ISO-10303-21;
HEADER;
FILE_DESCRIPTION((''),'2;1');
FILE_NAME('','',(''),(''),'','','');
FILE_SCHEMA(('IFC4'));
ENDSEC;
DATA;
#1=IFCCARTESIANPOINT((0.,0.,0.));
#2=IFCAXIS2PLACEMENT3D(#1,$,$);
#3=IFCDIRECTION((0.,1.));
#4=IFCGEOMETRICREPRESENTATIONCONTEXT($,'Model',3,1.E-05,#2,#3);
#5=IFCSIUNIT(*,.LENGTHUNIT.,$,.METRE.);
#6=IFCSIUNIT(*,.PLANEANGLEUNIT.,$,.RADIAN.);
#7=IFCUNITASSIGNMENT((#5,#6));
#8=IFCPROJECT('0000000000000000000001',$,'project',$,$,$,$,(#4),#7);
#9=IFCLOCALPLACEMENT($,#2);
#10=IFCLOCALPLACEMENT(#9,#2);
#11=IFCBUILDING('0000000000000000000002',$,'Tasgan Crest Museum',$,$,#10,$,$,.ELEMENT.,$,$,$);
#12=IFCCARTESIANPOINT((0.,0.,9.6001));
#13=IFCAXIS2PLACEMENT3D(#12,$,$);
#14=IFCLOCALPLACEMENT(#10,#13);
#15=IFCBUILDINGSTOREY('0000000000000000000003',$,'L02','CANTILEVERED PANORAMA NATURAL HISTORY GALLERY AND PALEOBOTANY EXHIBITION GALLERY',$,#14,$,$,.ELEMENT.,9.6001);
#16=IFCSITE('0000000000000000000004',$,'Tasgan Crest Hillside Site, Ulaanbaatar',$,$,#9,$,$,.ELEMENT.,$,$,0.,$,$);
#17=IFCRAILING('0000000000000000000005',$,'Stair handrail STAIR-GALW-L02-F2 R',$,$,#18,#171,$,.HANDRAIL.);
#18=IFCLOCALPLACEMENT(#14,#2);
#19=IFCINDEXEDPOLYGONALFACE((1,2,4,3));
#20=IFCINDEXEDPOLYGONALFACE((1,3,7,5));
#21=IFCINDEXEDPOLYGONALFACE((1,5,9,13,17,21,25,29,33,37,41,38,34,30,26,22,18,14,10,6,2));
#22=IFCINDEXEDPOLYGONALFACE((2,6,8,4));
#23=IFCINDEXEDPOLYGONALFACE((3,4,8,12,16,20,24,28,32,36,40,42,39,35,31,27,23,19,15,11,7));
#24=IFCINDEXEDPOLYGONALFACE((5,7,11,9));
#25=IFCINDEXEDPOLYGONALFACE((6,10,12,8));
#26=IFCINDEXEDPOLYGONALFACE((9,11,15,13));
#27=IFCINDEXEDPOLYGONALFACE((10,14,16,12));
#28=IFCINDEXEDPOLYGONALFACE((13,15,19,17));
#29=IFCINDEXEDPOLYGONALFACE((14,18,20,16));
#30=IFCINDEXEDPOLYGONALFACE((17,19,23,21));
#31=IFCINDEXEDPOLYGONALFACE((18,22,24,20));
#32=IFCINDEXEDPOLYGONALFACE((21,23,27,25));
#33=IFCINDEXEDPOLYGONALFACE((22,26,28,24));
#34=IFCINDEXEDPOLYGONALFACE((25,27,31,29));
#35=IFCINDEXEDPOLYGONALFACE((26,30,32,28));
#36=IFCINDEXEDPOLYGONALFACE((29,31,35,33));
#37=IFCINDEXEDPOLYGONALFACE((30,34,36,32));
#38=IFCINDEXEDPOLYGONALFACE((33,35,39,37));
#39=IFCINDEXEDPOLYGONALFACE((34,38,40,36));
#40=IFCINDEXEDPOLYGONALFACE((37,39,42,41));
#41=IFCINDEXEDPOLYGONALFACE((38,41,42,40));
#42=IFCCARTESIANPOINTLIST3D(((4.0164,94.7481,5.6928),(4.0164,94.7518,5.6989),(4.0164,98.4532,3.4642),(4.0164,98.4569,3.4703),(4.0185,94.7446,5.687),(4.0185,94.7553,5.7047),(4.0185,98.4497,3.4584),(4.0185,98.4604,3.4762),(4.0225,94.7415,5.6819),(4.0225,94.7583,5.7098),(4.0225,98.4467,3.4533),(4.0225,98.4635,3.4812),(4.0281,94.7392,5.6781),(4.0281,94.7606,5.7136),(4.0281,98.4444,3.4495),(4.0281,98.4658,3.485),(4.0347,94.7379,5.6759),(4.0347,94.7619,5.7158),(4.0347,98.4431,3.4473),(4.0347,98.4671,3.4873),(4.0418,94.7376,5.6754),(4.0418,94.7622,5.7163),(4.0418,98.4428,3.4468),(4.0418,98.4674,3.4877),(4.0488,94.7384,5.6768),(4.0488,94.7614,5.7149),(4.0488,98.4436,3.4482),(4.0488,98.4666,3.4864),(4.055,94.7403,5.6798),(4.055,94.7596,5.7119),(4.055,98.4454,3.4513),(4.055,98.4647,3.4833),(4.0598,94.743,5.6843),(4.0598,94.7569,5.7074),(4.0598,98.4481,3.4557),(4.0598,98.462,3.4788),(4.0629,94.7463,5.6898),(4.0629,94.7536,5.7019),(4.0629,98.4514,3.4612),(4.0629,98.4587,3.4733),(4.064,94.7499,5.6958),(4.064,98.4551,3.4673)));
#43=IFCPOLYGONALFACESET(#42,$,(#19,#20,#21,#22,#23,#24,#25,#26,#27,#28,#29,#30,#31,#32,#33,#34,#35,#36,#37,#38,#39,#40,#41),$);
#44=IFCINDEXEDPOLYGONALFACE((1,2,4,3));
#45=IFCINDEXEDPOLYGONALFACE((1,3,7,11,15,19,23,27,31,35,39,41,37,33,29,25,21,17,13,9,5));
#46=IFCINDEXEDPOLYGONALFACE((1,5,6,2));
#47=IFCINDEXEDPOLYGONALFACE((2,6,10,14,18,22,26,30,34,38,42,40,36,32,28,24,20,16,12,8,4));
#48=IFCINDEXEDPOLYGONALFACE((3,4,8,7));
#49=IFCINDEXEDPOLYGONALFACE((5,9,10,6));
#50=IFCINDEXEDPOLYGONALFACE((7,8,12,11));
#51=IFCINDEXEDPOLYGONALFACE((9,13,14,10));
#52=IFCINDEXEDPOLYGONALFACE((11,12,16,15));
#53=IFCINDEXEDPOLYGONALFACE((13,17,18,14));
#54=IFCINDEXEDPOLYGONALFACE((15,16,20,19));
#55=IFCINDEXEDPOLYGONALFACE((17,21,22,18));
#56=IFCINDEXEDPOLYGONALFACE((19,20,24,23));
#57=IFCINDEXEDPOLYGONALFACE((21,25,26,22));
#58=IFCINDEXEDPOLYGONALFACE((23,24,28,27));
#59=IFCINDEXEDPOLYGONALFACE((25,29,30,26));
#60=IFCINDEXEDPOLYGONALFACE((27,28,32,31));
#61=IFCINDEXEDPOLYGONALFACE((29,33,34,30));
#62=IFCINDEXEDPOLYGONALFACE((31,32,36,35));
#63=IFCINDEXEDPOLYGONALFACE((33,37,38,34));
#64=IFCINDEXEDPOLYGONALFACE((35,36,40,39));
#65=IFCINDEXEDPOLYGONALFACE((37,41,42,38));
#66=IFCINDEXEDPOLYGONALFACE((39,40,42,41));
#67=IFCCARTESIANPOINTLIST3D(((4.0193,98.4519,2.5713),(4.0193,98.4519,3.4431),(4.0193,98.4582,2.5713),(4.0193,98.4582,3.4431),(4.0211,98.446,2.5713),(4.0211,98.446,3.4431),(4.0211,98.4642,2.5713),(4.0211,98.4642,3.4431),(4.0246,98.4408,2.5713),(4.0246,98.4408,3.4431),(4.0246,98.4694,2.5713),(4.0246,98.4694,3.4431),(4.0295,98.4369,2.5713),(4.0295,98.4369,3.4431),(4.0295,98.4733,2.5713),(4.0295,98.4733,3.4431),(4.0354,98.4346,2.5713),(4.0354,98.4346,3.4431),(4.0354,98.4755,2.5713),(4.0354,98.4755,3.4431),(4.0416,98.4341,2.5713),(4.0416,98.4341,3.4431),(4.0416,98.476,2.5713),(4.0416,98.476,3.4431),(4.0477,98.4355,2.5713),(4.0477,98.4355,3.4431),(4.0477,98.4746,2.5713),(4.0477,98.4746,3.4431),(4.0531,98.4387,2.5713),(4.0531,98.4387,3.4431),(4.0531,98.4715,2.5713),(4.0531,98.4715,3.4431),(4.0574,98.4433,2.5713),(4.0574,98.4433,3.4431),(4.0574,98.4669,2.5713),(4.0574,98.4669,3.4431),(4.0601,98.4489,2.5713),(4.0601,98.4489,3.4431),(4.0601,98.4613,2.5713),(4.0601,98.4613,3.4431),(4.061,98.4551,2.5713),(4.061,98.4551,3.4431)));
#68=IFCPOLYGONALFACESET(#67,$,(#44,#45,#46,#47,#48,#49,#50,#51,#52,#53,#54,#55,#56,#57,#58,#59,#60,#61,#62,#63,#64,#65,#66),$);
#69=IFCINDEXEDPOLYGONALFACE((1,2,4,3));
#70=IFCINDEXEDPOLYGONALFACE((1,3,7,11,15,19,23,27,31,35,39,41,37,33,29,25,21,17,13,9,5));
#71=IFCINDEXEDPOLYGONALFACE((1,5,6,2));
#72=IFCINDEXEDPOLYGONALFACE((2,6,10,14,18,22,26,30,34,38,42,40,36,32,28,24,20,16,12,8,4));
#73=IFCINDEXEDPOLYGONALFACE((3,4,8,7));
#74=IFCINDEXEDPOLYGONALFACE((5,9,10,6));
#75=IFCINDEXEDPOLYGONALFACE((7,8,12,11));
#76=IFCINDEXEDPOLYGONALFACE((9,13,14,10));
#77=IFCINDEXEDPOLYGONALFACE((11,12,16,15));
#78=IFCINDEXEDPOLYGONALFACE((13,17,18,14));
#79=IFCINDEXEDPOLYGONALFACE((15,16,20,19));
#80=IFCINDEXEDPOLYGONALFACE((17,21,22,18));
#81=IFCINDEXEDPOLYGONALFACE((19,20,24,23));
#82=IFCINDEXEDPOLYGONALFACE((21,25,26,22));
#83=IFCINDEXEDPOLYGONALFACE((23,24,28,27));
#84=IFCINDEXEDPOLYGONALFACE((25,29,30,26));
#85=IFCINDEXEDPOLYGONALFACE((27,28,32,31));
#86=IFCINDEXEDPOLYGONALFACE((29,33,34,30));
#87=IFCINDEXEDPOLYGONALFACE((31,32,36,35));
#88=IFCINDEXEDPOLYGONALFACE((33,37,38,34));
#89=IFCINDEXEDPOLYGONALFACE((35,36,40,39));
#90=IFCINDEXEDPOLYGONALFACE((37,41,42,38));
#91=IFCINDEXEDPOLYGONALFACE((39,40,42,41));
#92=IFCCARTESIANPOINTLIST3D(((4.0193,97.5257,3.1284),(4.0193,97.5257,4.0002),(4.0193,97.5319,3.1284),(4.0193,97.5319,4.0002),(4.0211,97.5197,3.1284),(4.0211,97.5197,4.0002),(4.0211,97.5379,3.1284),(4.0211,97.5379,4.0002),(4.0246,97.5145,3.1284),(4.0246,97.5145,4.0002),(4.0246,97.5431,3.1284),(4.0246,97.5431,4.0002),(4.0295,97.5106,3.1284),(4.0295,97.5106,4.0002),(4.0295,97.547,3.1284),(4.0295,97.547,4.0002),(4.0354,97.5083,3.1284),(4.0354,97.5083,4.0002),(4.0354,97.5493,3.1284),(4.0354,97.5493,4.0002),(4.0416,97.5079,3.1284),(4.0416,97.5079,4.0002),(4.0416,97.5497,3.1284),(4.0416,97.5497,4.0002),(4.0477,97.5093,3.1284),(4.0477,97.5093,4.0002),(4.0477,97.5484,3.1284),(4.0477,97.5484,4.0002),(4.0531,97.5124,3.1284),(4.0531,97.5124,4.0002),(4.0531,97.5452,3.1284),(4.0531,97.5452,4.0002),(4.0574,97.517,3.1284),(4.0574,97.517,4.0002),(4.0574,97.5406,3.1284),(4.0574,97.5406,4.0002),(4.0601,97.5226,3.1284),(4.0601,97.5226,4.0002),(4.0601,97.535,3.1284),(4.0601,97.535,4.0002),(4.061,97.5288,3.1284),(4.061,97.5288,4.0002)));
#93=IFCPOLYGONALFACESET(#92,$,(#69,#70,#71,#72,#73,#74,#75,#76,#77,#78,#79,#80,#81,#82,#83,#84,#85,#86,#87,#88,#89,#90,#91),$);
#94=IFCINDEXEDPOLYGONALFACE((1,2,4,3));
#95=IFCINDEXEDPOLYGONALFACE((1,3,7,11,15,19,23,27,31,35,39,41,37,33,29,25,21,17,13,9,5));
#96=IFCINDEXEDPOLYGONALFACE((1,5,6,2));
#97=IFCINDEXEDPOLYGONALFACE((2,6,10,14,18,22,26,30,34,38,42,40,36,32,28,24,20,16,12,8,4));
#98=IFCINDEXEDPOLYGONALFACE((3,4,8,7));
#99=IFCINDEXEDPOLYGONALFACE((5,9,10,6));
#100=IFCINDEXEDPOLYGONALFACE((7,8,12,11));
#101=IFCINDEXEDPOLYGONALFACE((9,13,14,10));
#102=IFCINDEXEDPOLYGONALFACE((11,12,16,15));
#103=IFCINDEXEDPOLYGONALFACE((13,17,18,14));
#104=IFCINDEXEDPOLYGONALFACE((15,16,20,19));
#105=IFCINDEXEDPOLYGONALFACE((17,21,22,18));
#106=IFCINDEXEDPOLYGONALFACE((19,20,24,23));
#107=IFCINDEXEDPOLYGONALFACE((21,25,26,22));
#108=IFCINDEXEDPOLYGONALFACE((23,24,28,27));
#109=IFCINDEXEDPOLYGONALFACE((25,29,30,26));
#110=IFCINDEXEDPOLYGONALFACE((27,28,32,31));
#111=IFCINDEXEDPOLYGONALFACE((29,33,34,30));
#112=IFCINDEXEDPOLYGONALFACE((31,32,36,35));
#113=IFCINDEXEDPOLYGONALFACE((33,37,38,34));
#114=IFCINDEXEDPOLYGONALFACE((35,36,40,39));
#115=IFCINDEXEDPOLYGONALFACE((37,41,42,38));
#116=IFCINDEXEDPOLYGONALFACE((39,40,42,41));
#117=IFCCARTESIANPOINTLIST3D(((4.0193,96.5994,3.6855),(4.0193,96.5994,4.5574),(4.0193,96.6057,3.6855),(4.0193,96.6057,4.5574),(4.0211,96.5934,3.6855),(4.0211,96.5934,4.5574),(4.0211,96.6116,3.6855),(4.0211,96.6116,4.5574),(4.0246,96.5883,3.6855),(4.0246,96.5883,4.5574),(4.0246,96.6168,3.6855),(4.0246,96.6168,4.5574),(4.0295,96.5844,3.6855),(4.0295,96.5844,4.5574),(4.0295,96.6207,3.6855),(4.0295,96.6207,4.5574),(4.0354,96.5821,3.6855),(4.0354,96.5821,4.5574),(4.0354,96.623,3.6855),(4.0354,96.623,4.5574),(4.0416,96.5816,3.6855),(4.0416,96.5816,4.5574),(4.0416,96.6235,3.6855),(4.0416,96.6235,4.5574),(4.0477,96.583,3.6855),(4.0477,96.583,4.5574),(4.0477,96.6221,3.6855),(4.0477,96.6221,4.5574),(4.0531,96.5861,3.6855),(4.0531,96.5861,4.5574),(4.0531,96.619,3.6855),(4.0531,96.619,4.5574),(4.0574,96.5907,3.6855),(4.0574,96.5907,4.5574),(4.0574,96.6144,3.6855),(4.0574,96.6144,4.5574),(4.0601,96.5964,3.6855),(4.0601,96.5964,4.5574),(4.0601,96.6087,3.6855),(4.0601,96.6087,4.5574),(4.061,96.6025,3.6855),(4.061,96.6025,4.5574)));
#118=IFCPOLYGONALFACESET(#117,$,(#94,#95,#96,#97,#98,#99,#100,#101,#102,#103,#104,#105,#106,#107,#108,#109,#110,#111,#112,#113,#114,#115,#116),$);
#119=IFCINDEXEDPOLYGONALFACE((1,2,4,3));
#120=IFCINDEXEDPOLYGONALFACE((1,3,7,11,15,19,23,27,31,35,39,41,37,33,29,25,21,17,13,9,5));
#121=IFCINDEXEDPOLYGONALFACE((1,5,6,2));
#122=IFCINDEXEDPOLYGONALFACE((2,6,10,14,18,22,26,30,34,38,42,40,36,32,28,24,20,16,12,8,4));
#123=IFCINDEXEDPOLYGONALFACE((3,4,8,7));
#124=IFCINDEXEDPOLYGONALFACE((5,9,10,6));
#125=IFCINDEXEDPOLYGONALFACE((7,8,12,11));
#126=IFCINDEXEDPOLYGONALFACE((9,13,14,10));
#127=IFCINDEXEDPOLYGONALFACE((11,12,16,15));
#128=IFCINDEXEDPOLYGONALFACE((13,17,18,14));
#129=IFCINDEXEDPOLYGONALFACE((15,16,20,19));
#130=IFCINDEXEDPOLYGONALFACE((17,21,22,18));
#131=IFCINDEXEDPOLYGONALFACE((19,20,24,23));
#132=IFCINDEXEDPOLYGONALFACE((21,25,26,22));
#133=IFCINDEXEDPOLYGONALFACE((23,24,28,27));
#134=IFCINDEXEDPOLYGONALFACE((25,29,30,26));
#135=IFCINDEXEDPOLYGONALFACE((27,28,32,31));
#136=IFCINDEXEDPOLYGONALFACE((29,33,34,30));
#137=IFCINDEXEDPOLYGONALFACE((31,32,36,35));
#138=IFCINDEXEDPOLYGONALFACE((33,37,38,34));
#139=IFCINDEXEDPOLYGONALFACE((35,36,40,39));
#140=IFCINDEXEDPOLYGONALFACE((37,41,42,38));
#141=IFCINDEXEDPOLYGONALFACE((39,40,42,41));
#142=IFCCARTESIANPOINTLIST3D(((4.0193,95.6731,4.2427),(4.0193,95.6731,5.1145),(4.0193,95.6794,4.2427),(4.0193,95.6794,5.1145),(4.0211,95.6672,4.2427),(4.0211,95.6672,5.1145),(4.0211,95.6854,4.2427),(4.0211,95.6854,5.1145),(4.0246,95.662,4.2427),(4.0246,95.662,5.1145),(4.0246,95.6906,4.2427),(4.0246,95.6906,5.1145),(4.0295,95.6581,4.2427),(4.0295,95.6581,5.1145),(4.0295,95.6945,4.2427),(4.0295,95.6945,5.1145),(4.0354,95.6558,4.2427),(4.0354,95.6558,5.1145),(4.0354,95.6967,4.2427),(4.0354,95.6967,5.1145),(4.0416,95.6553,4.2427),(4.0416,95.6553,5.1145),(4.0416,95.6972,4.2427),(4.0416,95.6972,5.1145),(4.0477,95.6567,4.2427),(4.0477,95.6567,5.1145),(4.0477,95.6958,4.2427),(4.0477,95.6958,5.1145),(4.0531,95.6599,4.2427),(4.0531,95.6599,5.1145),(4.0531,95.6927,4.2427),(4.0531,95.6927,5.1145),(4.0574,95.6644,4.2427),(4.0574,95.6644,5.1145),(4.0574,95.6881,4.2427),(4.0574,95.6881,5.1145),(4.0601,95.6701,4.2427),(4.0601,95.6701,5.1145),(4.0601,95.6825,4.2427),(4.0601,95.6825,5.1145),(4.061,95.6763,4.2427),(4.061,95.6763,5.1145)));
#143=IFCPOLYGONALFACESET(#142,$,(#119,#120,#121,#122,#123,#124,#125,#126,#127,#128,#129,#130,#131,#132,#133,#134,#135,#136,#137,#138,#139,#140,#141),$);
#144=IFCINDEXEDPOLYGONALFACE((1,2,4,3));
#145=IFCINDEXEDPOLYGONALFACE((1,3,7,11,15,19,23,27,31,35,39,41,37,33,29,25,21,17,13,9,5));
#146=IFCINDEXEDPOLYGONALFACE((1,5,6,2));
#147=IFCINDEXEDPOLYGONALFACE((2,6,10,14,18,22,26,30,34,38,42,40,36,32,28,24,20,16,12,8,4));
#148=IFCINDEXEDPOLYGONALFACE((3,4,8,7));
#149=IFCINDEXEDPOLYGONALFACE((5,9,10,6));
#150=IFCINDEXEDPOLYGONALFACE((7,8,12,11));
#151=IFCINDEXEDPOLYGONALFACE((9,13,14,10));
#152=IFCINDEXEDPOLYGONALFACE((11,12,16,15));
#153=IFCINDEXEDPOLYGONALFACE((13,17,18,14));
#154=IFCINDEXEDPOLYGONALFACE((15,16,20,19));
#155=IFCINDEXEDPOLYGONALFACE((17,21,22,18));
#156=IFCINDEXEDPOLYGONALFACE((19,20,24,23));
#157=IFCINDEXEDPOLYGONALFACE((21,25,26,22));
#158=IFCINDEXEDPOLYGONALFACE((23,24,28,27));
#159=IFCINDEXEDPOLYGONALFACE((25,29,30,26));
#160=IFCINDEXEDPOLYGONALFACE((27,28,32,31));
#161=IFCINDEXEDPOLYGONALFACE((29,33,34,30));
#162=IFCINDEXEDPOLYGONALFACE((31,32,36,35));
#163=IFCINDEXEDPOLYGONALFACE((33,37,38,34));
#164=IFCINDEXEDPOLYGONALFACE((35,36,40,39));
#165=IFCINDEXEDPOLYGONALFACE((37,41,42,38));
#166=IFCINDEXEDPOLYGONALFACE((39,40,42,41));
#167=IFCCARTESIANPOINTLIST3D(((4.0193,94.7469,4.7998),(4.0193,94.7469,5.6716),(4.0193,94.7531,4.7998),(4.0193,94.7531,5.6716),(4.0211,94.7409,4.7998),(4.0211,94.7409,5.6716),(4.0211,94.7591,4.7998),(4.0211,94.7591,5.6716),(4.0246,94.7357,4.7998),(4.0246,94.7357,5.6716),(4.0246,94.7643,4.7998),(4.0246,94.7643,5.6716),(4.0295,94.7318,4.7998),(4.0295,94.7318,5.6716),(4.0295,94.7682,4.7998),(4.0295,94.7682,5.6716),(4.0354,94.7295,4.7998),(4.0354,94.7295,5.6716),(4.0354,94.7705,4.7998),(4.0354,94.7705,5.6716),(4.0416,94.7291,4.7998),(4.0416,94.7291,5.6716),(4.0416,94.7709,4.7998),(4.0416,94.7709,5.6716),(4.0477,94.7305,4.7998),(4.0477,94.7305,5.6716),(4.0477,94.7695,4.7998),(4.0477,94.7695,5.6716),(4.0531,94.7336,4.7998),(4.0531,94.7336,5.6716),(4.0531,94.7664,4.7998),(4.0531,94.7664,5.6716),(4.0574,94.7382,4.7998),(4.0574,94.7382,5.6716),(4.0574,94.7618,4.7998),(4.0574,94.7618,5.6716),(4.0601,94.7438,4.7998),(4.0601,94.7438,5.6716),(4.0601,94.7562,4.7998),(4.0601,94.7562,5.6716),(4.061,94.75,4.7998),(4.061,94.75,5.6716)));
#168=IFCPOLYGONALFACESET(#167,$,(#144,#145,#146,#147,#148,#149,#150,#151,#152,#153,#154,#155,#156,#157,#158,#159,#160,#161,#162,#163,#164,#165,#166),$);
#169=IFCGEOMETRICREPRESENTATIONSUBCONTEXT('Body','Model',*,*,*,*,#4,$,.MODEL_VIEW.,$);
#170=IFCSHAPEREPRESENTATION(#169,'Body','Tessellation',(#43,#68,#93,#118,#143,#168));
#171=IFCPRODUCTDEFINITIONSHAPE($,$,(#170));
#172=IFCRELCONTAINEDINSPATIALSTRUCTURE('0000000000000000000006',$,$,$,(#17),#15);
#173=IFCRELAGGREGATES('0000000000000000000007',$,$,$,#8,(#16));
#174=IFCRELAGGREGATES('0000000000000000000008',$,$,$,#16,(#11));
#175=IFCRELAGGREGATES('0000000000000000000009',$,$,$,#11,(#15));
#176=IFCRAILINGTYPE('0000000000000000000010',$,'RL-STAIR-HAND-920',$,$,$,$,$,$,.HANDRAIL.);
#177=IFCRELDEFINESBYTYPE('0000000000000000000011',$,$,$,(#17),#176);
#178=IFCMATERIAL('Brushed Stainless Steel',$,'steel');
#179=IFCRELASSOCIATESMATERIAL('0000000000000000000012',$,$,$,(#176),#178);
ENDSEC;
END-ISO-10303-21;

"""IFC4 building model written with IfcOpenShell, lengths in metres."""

from ifc_helpers import new_model, si_unit, direction, frame, origin, origin_2d, place, context, subcontext, project, spatial, circle, extrude, material, type_object, element, save


model = new_model("IFC4")

# Units and contexts
model_context = context("Model", 3, precision=1e-05, world=origin(), true_north=direction((0.0, 1.0)))
body_context = subcontext(model_context, "Body", "Model", "MODEL_VIEW")
ifc_project = project(units=[si_unit("LENGTHUNIT", "METRE"), si_unit("PLANEANGLEUNIT", "RADIAN")], contexts=[model_context])

# Site, building, storey
site_placement = place(None, origin())
site = spatial("IfcSite", under=ifc_project, at=site_placement, Name="Tasgan Crest Hillside Site, Ulaanbaatar", CompositionType="ELEMENT", RefElevation=0.0)
building_placement = place(site_placement, origin())
building = spatial("IfcBuilding", under=site, at=building_placement, Name="Tasgan Crest Museum", CompositionType="ELEMENT")
storey_placement = place(building_placement, frame((0.0, 0.0, 9.6001)))
storey = spatial("IfcBuildingStorey", under=building, at=storey_placement, Name="L02", Description="CANTILEVERED PANORAMA NATURAL HISTORY GALLERY AND PALEOBOTANY EXHIBITION GALLERY", CompositionType="ELEMENT", Elevation=9.6001)

# Railing
ifc_material_1 = material(Name="Brushed Stainless Steel", Category="steel")
railing_type_1 = type_object("IfcRailingType", Name="RL-STAIR-HAND-920", PredefinedType="HANDRAIL", material=ifc_material_1)
for number, where, name in (
    (1, (4.04, 98.4551, 2.5713), "Stair handrail STAIR-GALW-L02-F2 R"),
):
    element("IfcRailing", number, at=place(storey_placement, frame(where)), inside=storey, type_object=railing_type_1, Name=name, PredefinedType="HANDRAIL", context=body_context, shape_type="SweptSolid", body=[
        extrude(circle(Radius=0.0239, at=origin_2d()), frame((0.0, 0.0, 0.896), z_axis=(0.0, -0.856934, 0.515425), x_axis=(1.0, 0.0, 0.0)), (0.0, 0.0, 1.0), 4.3237),
        extrude(circle(Radius=0.021, at=origin_2d()), origin(), (0.0, 0.0, 1.0), 0.8718),
        extrude(circle(Radius=0.021, at=origin_2d()), frame((0.0, -0.9263, 0.5571)), (0.0, 0.0, 1.0), 0.8718),
        extrude(circle(Radius=0.021, at=origin_2d()), frame((0.0, -1.8525, 1.1143)), (0.0, 0.0, 1.0), 0.8718),
        extrude(circle(Radius=0.021, at=origin_2d()), frame((0.0, -2.7788, 1.6714)), (0.0, 0.0, 1.0), 0.8718),
        extrude(circle(Radius=0.021, at=origin_2d()), frame((0.0, -3.7051, 2.2285)), (0.0, 0.0, 1.0), 0.8718),
    ])

save(model, "model.ifc")
